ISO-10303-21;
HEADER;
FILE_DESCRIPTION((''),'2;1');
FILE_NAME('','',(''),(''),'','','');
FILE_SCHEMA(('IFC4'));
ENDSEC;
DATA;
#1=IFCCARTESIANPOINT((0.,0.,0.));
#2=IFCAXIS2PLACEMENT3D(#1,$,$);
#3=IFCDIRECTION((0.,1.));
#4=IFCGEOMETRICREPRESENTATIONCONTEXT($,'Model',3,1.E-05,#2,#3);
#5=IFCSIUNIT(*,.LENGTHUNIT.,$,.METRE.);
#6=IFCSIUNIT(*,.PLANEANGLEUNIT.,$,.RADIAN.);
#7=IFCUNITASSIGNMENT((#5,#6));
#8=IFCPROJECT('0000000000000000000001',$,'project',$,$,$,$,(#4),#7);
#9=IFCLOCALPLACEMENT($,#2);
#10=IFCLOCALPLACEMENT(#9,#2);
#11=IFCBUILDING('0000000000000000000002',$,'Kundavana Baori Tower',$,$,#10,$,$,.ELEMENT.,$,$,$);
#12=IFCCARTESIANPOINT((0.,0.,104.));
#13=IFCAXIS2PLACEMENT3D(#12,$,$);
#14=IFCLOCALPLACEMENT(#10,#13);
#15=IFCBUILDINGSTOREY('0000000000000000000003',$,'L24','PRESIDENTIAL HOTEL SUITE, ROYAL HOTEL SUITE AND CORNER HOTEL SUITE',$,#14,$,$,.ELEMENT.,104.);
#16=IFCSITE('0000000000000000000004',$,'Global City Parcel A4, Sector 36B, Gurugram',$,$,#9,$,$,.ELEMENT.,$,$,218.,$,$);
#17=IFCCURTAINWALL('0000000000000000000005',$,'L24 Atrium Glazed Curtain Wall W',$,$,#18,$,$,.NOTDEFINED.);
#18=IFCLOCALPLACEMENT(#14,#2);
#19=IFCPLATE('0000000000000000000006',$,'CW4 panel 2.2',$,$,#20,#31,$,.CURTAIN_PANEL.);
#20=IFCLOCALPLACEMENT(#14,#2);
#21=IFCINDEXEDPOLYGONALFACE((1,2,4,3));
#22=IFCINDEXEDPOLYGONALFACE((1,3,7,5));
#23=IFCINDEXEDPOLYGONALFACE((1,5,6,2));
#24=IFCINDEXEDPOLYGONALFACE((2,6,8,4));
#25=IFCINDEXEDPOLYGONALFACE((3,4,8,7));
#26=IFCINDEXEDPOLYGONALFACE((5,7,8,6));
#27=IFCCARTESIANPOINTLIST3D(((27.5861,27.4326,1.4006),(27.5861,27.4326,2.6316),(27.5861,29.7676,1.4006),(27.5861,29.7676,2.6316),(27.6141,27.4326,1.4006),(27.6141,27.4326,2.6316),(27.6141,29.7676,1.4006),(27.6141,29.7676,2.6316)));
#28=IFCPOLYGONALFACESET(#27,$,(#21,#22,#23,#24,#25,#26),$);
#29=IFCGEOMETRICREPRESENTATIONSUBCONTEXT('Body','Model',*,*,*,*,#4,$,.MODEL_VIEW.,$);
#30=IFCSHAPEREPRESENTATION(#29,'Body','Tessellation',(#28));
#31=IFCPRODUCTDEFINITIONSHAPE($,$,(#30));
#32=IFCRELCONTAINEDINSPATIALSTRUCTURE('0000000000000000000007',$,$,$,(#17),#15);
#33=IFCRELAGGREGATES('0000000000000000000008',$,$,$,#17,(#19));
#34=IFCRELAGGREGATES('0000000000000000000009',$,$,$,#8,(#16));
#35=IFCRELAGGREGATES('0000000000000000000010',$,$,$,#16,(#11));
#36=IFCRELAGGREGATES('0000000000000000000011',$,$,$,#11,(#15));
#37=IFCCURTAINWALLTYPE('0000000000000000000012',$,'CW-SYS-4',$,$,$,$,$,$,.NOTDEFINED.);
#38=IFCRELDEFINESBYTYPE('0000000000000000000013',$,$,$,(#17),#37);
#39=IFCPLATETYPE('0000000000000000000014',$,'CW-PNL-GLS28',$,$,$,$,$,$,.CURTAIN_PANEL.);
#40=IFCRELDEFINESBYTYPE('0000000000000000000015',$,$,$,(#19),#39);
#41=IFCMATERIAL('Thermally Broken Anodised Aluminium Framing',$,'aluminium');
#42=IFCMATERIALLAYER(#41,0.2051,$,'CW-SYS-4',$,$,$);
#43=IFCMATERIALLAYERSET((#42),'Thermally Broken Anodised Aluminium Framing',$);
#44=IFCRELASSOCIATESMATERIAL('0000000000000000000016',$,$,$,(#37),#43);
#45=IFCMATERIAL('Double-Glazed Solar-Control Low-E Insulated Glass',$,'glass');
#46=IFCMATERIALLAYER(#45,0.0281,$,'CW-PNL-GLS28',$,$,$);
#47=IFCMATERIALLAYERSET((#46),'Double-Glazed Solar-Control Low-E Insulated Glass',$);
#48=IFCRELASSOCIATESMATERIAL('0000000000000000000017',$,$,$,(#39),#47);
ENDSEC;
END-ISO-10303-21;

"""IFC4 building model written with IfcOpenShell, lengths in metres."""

from ifc_helpers import new_model, si_unit, direction, frame, origin, origin_2d, place, context, subcontext, project, spatial, rectangle, extrude, material, layer, layer_set, type_object, element, aggregate, save


model = new_model("IFC4")

# Units and contexts
model_context = context("Model", 3, precision=1e-05, world=origin(), true_north=direction((0.0, 1.0)))
body_context = subcontext(model_context, "Body", "Model", "MODEL_VIEW")
ifc_project = project(units=[si_unit("LENGTHUNIT", "METRE"), si_unit("PLANEANGLEUNIT", "RADIAN")], contexts=[model_context])

# Site, building, storey
site_placement = place(None, origin())
site = spatial("IfcSite", under=ifc_project, at=site_placement, Name="Global City Parcel A4, Sector 36B, Gurugram", CompositionType="ELEMENT", RefElevation=218.0)
building_placement = place(site_placement, origin())
building = spatial("IfcBuilding", under=site, at=building_placement, Name="Kundavana Baori Tower", CompositionType="ELEMENT")
storey_placement = place(building_placement, frame((0.0, 0.0, 104.0)))
storey = spatial("IfcBuildingStorey", under=building, at=storey_placement, Name="L24", Description="PRESIDENTIAL HOTEL SUITE, ROYAL HOTEL SUITE AND CORNER HOTEL SUITE", CompositionType="ELEMENT", Elevation=104.0)

# Curtain wall, plate
ifc_material_1 = material(Name="Thermally Broken Anodised Aluminium Framing", Category="aluminium")
ifc_layer_1 = layer(ifc_material_1, 0.2051, Name="CW-SYS-4")
ifc_layer_set_1 = layer_set([ifc_layer_1], Name="Thermally Broken Anodised Aluminium Framing")
curtain_wall_type = type_object("IfcCurtainWallType", Name="CW-SYS-4", PredefinedType="NOTDEFINED", material=ifc_layer_set_1)
curtain_wall_placement = place(storey_placement, origin())
curtain_wall = element("IfcCurtainWall", 1, at=curtain_wall_placement, inside=storey, type_object=curtain_wall_type, Name="L24 Atrium Glazed Curtain Wall W", PredefinedType="NOTDEFINED")
ifc_material_2 = material(Name="Double-Glazed Solar-Control Low-E Insulated Glass", Category="glass")
ifc_layer_2 = layer(ifc_material_2, 0.0281, Name="CW-PNL-GLS28")
ifc_layer_set_2 = layer_set([ifc_layer_2], Name="Double-Glazed Solar-Control Low-E Insulated Glass")
plate_type = type_object("IfcPlateType", Name="CW-PNL-GLS28", PredefinedType="CURTAIN_PANEL", material=ifc_layer_set_2)
plate_1_placement = place(storey_placement, frame((27.6001, 28.6001, 1.4006), z_axis=(0.0, 0.0, 1.0), x_axis=(0.0, -1.0, 0.0)))
plate_1 = element("IfcPlate", 2, at=plate_1_placement, type_object=plate_type, Name="CW4 panel 2.2", PredefinedType="CURTAIN_PANEL", context=body_context, shape_type="SweptSolid", body=[
    extrude(rectangle(XDim=2.335, YDim=0.0281, at=origin_2d()), origin(), (0.0, 0.0, 1.0), 1.231),
])
aggregate(curtain_wall, [plate_1])

save(model, "model.ifc")
